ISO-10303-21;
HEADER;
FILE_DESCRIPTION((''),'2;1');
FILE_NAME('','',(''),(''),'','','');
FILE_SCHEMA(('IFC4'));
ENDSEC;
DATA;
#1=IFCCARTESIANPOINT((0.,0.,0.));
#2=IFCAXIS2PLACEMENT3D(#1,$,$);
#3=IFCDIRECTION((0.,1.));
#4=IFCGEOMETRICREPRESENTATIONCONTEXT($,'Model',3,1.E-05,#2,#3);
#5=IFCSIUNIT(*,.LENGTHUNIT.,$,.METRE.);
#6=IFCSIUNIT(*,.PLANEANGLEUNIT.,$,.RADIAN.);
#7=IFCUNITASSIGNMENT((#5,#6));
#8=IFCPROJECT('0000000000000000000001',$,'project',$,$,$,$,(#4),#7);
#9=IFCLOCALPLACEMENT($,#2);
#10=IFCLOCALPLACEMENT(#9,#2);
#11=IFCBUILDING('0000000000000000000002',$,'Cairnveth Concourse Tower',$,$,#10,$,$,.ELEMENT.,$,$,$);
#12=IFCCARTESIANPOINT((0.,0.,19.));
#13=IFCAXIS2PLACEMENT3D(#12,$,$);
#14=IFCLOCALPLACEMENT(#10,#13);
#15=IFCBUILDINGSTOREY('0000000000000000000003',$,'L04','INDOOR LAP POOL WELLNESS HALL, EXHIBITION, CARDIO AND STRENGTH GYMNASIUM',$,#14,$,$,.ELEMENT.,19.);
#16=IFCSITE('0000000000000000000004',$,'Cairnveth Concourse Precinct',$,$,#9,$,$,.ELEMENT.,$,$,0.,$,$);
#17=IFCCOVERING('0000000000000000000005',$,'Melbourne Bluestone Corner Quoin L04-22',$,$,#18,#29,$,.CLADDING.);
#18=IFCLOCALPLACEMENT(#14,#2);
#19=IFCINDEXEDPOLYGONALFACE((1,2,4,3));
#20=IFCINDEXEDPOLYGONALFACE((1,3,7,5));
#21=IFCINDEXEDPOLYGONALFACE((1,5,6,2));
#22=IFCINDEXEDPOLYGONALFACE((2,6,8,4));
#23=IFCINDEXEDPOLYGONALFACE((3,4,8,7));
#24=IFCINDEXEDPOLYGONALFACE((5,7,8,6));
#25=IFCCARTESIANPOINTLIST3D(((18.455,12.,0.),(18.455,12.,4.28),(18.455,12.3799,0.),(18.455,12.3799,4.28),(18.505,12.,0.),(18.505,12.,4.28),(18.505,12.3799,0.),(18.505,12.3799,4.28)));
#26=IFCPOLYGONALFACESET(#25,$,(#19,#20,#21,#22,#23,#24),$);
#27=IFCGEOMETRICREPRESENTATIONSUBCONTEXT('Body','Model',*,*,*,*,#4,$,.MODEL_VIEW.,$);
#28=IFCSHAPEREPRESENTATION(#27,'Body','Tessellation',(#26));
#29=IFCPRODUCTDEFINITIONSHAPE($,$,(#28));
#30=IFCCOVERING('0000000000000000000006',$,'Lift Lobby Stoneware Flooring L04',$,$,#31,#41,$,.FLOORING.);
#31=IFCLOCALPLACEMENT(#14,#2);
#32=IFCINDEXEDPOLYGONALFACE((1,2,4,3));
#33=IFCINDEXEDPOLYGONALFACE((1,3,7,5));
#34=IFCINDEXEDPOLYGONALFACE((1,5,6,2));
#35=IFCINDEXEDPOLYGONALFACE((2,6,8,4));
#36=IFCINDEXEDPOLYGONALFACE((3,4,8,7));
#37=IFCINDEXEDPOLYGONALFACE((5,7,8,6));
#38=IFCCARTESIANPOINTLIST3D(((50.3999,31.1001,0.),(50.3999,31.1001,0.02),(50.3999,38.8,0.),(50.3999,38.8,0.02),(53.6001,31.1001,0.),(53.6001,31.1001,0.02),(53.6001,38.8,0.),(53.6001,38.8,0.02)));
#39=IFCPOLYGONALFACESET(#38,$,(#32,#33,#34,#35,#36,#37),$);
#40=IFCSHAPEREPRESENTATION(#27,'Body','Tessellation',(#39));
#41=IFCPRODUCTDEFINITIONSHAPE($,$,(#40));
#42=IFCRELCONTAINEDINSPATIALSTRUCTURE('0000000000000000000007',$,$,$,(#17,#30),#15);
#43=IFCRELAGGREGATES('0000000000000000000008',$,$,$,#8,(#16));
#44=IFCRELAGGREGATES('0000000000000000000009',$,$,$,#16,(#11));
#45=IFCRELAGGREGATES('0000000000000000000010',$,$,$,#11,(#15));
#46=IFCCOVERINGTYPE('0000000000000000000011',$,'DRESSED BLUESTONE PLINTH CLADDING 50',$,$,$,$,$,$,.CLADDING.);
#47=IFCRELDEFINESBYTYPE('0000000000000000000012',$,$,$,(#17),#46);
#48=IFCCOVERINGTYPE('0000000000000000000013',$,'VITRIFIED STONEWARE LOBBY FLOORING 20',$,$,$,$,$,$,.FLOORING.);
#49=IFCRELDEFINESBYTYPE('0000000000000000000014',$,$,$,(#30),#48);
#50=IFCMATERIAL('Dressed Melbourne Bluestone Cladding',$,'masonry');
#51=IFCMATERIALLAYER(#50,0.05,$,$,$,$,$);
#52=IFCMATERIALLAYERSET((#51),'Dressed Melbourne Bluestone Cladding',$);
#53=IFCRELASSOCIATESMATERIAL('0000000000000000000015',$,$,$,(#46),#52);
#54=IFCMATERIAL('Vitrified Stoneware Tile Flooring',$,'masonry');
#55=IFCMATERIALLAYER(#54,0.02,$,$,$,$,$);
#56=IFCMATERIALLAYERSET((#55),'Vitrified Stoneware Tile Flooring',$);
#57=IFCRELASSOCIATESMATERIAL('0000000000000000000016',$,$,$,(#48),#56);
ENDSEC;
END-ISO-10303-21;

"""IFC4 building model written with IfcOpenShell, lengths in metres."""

from ifc_helpers import new_model, si_unit, direction, frame, frame_2d, origin, place, context, subcontext, project, spatial, polyline, rectangle, outline, extrude, material, layer, layer_set, type_object, element, save


model = new_model("IFC4")

# Units and contexts
model_context = context("Model", 3, precision=1e-05, world=origin(), true_north=direction((0.0, 1.0)))
body_context = subcontext(model_context, "Body", "Model", "MODEL_VIEW")
ifc_project = project(units=[si_unit("LENGTHUNIT", "METRE"), si_unit("PLANEANGLEUNIT", "RADIAN")], contexts=[model_context])

# Site, building, storey
site_placement = place(None, origin())
site = spatial("IfcSite", under=ifc_project, at=site_placement, Name="Cairnveth Concourse Precinct", CompositionType="ELEMENT", RefElevation=0.0)
building_placement = place(site_placement, origin())
building = spatial("IfcBuilding", under=site, at=building_placement, Name="Cairnveth Concourse Tower", CompositionType="ELEMENT")
storey_placement = place(building_placement, frame((0.0, 0.0, 19.0)))
storey = spatial("IfcBuildingStorey", under=building, at=storey_placement, Name="L04", Description="INDOOR LAP POOL WELLNESS HALL, EXHIBITION, CARDIO AND STRENGTH GYMNASIUM", CompositionType="ELEMENT", Elevation=19.0)

# Coverings
ifc_material_1 = material(Name="Dressed Melbourne Bluestone Cladding", Category="masonry")
ifc_layer_1 = layer(ifc_material_1, 0.05)
ifc_layer_set_1 = layer_set([ifc_layer_1], Name="Dressed Melbourne Bluestone Cladding")
covering_type_1 = type_object("IfcCoveringType", Name="DRESSED BLUESTONE PLINTH CLADDING 50", PredefinedType="CLADDING", material=ifc_layer_set_1)
covering_1_placement = place(storey_placement, frame((18.48, 12.3799, 0.0), z_axis=(0.0, 0.0, 1.0), x_axis=(0.0, -1.0, 0.0)))
element("IfcCovering", 1, at=covering_1_placement, inside=storey, type_object=covering_type_1, Name="Melbourne Bluestone Corner Quoin L04-22", PredefinedType="CLADDING", context=body_context, shape_type="SweptSolid", body=[
    extrude(rectangle(XDim=0.3799, YDim=0.05, at=frame_2d((0.1899, 0.0))), origin(), (0.0, 0.0, 1.0), 4.28),
])
ifc_material_2 = material(Name="Vitrified Stoneware Tile Flooring", Category="masonry")
ifc_layer_2 = layer(ifc_material_2, 0.02)
ifc_layer_set_2 = layer_set([ifc_layer_2], Name="Vitrified Stoneware Tile Flooring")
covering_type_2 = type_object("IfcCoveringType", Name="VITRIFIED STONEWARE LOBBY FLOORING 20", PredefinedType="FLOORING", material=ifc_layer_set_2)
covering_2_placement = place(storey_placement, origin())
element("IfcCovering", 2, at=covering_2_placement, inside=storey, type_object=covering_type_2, Name="Lift Lobby Stoneware Flooring L04", PredefinedType="FLOORING", context=body_context, shape_type="SweptSolid", body=[
    extrude(outline(polyline([(50.3999, 31.1001), (53.6001, 31.1001), (53.6001, 38.8), (50.3999, 38.8), (50.3999, 31.1001)])), origin(), (0.0, 0.0, 1.0), 0.02),
])

save(model, "model.ifc")
